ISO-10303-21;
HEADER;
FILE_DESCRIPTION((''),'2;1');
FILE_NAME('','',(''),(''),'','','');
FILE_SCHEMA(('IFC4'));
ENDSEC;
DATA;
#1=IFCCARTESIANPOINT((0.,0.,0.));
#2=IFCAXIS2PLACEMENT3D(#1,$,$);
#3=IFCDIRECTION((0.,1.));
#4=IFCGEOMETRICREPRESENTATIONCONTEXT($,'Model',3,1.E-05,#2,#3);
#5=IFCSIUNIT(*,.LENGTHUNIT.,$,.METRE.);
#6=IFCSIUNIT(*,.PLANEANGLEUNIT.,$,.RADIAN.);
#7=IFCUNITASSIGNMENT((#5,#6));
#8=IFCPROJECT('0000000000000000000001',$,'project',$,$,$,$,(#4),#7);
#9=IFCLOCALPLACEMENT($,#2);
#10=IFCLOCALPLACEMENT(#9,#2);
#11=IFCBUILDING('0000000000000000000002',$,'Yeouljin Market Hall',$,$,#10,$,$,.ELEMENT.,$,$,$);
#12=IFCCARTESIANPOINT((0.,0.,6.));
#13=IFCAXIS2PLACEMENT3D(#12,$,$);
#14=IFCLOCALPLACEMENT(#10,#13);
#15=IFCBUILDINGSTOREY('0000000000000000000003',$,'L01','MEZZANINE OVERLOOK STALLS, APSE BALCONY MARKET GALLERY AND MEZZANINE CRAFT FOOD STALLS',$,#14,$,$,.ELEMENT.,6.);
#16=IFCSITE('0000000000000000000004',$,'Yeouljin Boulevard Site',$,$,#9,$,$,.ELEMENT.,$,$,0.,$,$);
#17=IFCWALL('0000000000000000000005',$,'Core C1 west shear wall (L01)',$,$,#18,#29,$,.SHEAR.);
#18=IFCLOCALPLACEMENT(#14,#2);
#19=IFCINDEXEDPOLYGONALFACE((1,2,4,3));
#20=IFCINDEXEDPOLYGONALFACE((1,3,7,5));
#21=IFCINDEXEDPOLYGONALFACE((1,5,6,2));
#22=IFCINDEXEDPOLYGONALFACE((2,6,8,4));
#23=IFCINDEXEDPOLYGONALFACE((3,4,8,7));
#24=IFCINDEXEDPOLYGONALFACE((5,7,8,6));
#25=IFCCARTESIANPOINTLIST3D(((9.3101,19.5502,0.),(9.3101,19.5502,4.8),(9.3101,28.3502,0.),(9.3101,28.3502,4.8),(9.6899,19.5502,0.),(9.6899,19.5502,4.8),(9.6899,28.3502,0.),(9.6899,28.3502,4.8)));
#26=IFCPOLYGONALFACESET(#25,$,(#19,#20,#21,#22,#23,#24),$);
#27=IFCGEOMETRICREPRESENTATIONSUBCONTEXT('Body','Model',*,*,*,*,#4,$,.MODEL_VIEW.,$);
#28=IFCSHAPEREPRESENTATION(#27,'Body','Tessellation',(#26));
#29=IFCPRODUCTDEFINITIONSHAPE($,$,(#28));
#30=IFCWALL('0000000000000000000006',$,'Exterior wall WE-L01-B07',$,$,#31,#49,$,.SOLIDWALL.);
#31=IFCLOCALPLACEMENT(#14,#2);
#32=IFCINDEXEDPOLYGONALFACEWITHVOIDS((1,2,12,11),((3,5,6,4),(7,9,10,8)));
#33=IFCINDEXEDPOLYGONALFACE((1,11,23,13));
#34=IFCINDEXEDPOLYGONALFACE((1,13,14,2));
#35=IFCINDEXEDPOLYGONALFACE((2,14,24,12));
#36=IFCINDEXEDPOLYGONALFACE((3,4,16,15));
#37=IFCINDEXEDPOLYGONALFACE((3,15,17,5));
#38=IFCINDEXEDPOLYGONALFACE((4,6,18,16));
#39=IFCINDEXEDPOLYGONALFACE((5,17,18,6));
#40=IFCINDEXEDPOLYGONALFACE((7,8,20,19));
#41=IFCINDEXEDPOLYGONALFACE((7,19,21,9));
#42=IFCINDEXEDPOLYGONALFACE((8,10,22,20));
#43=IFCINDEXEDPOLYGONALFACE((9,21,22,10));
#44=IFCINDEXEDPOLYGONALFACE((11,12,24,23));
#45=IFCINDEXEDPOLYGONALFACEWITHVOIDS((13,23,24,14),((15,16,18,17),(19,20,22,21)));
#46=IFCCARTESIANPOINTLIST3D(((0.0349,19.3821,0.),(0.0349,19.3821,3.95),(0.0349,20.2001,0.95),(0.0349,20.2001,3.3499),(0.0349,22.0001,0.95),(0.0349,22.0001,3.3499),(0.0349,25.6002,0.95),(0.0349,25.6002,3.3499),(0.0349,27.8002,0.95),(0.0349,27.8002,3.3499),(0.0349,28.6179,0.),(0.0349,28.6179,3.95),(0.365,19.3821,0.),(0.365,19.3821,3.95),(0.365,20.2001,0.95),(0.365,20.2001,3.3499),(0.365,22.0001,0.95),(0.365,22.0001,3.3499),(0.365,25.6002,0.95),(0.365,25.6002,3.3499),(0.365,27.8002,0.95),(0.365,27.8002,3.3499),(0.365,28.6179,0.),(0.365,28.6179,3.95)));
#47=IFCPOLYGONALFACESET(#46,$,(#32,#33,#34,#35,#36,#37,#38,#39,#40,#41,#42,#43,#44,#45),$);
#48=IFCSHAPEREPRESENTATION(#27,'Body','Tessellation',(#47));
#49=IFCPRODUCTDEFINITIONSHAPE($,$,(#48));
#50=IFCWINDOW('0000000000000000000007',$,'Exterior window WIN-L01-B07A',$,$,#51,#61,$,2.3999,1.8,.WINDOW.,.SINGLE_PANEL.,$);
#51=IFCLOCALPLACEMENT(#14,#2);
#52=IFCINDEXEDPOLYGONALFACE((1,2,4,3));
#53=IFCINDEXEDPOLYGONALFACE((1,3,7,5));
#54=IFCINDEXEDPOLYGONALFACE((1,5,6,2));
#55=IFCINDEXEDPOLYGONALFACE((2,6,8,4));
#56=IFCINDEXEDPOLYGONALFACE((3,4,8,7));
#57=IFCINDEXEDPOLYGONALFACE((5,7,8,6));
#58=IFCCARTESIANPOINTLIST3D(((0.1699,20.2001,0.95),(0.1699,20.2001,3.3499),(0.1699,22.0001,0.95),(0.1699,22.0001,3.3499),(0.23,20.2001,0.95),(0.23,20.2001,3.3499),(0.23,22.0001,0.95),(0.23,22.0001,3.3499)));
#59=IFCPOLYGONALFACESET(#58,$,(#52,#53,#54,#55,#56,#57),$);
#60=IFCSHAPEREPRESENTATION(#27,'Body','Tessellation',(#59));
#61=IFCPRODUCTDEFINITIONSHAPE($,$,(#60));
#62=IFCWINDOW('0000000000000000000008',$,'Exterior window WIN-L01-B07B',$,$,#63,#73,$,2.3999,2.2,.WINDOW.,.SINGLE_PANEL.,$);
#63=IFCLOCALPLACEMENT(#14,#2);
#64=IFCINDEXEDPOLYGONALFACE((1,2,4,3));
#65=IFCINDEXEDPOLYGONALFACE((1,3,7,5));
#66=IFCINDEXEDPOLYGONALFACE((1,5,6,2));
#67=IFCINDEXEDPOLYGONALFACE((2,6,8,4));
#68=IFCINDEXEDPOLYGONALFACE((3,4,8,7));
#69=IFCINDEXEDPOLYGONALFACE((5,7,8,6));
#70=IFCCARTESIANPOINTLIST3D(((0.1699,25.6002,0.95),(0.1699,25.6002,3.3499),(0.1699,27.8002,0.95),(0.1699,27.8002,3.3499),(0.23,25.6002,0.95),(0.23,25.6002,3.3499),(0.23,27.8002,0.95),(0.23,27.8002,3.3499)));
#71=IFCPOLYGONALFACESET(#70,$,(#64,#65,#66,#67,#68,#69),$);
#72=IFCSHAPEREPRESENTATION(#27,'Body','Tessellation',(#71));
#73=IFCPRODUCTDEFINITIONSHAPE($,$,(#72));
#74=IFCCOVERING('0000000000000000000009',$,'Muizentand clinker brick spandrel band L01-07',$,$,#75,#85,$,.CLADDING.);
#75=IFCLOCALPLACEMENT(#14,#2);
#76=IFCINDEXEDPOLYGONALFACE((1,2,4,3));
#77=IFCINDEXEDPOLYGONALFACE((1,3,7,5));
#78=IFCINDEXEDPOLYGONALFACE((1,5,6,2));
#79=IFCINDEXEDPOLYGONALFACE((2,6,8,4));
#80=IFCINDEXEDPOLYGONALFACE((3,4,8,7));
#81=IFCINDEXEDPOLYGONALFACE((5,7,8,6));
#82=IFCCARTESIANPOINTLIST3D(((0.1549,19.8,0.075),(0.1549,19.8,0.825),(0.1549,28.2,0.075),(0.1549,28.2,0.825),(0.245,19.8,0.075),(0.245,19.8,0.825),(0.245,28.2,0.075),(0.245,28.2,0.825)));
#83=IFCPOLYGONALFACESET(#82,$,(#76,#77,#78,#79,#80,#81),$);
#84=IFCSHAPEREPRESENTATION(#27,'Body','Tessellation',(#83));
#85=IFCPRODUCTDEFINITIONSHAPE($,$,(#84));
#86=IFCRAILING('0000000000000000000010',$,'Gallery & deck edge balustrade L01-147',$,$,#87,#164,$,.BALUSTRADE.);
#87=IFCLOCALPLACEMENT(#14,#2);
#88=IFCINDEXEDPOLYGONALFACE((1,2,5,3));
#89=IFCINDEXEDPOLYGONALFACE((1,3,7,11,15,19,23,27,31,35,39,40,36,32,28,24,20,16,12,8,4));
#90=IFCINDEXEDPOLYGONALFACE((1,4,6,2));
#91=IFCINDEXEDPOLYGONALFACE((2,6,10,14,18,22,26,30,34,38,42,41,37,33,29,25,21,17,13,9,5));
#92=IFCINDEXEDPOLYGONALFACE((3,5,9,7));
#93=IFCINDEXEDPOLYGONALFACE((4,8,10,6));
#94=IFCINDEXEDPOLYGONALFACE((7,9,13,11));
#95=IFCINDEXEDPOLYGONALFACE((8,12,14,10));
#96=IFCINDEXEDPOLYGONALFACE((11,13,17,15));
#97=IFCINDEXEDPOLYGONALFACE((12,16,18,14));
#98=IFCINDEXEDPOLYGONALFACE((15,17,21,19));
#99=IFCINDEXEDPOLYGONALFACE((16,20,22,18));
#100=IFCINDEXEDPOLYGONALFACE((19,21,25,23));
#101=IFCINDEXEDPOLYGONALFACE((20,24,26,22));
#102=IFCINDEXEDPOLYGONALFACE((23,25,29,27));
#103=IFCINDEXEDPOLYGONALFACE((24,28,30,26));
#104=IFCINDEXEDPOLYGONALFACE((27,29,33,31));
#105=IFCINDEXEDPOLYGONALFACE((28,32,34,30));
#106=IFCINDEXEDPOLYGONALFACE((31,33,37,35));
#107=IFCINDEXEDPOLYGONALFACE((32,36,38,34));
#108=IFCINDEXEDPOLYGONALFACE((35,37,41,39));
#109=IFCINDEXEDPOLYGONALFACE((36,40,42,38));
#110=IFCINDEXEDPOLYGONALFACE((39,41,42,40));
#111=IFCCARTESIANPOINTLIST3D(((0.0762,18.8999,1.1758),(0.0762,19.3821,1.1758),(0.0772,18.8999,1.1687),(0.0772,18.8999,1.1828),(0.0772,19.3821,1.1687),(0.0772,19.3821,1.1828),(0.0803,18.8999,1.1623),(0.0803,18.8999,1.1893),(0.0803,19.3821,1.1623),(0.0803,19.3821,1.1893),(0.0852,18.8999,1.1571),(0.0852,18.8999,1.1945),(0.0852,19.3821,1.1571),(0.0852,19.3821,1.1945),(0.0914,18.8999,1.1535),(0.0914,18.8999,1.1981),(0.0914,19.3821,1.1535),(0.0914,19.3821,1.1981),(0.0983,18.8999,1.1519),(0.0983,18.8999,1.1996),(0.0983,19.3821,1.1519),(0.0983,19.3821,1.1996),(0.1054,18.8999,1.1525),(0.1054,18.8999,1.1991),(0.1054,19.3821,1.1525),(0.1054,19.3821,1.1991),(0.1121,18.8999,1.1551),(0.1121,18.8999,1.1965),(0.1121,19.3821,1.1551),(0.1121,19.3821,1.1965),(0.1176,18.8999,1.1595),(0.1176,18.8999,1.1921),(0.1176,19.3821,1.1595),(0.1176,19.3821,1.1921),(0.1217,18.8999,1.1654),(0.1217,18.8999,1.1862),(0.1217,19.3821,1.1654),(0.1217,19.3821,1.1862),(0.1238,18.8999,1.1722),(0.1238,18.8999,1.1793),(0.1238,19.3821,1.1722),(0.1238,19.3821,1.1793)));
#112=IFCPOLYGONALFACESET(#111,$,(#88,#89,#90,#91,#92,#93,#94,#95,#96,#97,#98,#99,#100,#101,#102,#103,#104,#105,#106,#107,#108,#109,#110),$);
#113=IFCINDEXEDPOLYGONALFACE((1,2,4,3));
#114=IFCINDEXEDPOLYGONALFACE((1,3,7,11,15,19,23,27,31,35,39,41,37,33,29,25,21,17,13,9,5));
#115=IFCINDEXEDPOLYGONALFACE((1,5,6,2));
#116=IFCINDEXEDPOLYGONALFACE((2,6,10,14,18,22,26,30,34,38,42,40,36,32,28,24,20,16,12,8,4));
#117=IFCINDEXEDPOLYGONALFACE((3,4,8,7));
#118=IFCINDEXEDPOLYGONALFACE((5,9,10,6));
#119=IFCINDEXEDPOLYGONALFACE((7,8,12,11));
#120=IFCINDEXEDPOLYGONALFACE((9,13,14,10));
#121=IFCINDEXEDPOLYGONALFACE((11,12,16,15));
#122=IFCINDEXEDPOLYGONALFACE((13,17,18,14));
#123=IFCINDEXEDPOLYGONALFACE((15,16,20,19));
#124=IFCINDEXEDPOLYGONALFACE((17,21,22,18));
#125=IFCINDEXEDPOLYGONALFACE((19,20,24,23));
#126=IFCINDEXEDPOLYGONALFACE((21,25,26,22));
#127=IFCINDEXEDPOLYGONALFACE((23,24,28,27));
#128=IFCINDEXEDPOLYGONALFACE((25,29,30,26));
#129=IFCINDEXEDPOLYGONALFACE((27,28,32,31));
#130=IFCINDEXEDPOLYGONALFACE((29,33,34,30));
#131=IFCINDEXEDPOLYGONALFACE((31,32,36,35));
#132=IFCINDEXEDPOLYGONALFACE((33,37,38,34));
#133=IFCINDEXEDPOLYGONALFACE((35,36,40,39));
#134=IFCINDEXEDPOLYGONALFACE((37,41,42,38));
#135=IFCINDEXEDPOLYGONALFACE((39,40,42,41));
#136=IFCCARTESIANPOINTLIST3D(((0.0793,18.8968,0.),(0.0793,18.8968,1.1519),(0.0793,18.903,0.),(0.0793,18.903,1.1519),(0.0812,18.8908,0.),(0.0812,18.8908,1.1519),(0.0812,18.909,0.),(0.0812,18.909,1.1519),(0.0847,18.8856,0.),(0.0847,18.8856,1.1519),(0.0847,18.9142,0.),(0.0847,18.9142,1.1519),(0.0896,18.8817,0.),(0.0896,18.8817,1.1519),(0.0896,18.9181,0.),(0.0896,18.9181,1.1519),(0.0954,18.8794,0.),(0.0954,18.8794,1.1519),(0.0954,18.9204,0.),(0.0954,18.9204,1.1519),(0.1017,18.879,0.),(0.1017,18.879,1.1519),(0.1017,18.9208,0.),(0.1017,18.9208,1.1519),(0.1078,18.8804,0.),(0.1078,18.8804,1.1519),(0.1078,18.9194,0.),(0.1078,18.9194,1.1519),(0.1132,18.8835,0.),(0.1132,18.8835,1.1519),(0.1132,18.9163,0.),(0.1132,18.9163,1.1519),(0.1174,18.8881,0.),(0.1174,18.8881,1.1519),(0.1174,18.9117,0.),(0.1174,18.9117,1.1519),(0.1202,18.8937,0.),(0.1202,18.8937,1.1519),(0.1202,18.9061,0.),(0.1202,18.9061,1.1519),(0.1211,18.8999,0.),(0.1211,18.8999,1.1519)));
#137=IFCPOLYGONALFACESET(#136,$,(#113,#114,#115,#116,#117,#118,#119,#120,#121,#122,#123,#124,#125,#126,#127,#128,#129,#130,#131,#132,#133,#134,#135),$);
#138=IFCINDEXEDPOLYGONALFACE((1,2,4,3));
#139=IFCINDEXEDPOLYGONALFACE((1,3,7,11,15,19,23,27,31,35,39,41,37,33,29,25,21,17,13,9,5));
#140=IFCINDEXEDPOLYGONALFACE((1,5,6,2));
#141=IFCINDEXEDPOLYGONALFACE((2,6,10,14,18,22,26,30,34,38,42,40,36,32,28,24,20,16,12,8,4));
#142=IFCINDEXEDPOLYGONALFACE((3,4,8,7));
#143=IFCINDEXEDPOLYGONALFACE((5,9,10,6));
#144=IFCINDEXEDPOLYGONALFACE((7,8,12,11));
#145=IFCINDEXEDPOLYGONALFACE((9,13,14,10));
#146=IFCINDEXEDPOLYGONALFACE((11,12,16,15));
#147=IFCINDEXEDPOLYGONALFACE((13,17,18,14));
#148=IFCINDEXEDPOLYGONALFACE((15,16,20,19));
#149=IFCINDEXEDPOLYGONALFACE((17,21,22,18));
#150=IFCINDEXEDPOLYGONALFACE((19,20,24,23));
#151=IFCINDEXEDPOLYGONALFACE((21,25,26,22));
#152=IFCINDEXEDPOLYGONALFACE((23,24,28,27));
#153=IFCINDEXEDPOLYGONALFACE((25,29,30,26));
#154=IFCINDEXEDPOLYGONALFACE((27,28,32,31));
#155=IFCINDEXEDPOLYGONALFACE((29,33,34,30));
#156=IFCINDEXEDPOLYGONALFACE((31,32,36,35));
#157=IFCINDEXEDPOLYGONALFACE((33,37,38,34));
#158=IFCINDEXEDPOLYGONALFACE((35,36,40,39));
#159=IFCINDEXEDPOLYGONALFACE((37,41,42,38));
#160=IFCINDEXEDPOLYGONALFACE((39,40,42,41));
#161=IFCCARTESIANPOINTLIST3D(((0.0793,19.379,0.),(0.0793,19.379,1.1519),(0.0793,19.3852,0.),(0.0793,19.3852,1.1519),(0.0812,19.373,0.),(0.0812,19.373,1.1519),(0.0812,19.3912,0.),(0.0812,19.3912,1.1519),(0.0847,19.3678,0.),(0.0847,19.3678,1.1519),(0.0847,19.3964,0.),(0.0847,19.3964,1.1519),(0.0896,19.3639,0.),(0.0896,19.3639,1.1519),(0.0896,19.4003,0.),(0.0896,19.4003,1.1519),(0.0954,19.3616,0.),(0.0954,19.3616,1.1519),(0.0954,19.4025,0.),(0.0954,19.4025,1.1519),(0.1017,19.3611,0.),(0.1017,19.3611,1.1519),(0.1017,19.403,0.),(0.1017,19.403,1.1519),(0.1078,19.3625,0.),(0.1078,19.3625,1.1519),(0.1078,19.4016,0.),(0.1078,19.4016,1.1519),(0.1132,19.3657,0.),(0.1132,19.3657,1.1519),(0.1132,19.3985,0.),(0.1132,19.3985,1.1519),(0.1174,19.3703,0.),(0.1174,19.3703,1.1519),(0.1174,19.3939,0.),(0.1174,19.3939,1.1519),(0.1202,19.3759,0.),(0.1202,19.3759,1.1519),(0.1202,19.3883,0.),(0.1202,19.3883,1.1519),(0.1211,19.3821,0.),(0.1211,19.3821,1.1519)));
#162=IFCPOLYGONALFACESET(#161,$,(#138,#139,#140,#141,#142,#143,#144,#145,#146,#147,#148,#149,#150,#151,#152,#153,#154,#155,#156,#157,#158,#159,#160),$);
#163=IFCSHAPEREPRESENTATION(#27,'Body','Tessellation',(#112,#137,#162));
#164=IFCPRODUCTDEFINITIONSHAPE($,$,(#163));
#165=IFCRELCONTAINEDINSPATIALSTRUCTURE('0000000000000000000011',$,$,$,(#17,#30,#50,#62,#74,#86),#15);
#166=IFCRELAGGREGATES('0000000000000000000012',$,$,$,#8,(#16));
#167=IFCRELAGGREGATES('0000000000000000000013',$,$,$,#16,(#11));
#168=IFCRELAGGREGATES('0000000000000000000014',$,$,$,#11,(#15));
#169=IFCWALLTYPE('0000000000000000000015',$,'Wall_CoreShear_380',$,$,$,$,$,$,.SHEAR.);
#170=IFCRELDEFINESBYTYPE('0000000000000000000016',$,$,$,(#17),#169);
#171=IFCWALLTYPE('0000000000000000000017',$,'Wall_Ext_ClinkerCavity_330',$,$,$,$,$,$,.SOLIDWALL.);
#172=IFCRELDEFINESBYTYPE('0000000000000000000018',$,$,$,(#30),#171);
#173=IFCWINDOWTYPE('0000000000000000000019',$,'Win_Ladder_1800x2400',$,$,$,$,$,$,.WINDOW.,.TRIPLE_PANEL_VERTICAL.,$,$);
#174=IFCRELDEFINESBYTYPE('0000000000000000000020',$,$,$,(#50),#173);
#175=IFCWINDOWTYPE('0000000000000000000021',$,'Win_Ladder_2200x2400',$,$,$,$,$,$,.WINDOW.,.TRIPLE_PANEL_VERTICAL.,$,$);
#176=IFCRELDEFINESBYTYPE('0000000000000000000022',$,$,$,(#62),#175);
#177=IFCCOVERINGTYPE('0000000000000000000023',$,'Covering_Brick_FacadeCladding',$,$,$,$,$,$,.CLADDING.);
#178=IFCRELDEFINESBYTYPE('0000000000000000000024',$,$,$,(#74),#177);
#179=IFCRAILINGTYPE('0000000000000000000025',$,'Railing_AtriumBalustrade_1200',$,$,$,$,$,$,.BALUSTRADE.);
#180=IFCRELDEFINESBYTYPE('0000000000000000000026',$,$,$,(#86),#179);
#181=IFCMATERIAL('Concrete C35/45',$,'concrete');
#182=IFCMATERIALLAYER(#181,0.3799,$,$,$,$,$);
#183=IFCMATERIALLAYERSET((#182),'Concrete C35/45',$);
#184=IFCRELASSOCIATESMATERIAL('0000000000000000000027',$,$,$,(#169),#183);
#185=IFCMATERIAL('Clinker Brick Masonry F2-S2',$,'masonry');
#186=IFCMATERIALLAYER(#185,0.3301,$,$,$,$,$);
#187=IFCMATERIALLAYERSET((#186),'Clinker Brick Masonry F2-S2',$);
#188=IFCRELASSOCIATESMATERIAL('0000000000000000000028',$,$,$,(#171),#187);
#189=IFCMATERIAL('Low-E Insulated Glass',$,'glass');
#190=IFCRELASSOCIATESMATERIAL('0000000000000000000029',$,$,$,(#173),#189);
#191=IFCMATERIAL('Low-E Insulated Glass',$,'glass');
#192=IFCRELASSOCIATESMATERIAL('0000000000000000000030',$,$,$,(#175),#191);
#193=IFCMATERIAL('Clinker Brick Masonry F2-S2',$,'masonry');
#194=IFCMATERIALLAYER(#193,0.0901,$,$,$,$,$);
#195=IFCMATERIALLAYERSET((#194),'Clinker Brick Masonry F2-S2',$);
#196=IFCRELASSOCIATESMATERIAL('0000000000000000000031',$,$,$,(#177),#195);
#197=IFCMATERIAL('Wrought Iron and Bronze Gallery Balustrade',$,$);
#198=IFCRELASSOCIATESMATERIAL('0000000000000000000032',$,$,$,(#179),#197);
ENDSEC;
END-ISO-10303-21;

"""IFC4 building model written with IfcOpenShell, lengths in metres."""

from ifc_helpers import new_model, si_unit, direction, frame, frame_2d, origin, origin_2d, place, context, subcontext, project, spatial, rectangle, circle, extrude, material, layer, layer_set, type_object, element, fill, save


model = new_model("IFC4")

# Units and contexts
model_context = context("Model", 3, precision=1e-05, world=origin(), true_north=direction((0.0, 1.0)))
body_context = subcontext(model_context, "Body", "Model", "MODEL_VIEW")
ifc_project = project(units=[si_unit("LENGTHUNIT", "METRE"), si_unit("PLANEANGLEUNIT", "RADIAN")], contexts=[model_context])

# Site, building, storey
site_placement = place(None, origin())
site = spatial("IfcSite", under=ifc_project, at=site_placement, Name="Yeouljin Boulevard Site", CompositionType="ELEMENT", RefElevation=0.0)
building_placement = place(site_placement, origin())
building = spatial("IfcBuilding", under=site, at=building_placement, Name="Yeouljin Market Hall", CompositionType="ELEMENT")
storey_placement = place(building_placement, frame((0.0, 0.0, 6.0)))
storey = spatial("IfcBuildingStorey", under=building, at=storey_placement, Name="L01", Description="MEZZANINE OVERLOOK STALLS, APSE BALCONY MARKET GALLERY AND MEZZANINE CRAFT FOOD STALLS", CompositionType="ELEMENT", Elevation=6.0)

# Shared definitions
ifc_material_1 = material(Name="Concrete C35/45", Category="concrete")
ifc_layer_1 = layer(ifc_material_1, 0.3799)
ifc_layer_set_1 = layer_set([ifc_layer_1], Name="Concrete C35/45")
wall_type_1 = type_object("IfcWallType", Name="Wall_CoreShear_380", PredefinedType="SHEAR", material=ifc_layer_set_1)

# Wall
wall_1_placement = place(storey_placement, frame((9.5, 28.3501, 0.0), z_axis=(0.0, 0.0, 1.0), x_axis=(0.0, -1.0, 0.0)))
element("IfcWall", 1, at=wall_1_placement, inside=storey, type_object=wall_type_1, Name="Core C1 west shear wall (L01)", PredefinedType="SHEAR", context=body_context, shape_type="SweptSolid", body=[
    extrude(rectangle(XDim=8.8, YDim=0.3799, at=frame_2d((4.3999, 0.0))), origin(), (0.0, 0.0, 1.0), 4.8),
])

# Wall, openings, windows
ifc_material_2 = material(Name="Clinker Brick Masonry F2-S2", Category="masonry")
ifc_layer_2 = layer(ifc_material_2, 0.3301)
ifc_layer_set_2 = layer_set([ifc_layer_2], Name="Clinker Brick Masonry F2-S2")
wall_type_2 = type_object("IfcWallType", Name="Wall_Ext_ClinkerCavity_330", PredefinedType="SOLIDWALL", material=ifc_layer_set_2)
wall_2_placement = place(storey_placement, frame((0.2, 19.3821, 0.0), z_axis=(0.0, 0.0, 1.0), x_axis=(0.0, 1.0, 0.0)))
wall_2 = element("IfcWall", 2, at=wall_2_placement, inside=storey, type_object=wall_type_2, Name="Exterior wall WE-L01-B07", PredefinedType="SOLIDWALL", context=body_context, shape_type="SweptSolid", body=[
    extrude(rectangle(XDim=9.2358, YDim=0.3301, at=frame_2d((4.6179, 0.0))), origin(), (0.0, 0.0, 1.0), 3.95),
])
opening_1_placement = place(wall_2_placement, frame((0.8181, 0.0, 0.95)))
opening_1 = element("IfcOpeningElement", 3, at=opening_1_placement, cuts=wall_2, PredefinedType="OPENING", context=body_context, shape_type="SweptSolid", body=[
    extrude(rectangle(XDim=1.8, YDim=2.3999, at=frame_2d((0.8999, 1.2))), frame((0.0, 0.175, 0.0), z_axis=(0.0, -1.0, 0.0), x_axis=(1.0, 0.0, 0.0)), (0.0, 0.0, 1.0), 0.3501),
])
opening_2_placement = place(wall_2_placement, frame((6.218, 0.0, 0.95)))
opening_2 = element("IfcOpeningElement", 4, at=opening_2_placement, cuts=wall_2, PredefinedType="OPENING", context=body_context, shape_type="SweptSolid", body=[
    extrude(rectangle(XDim=2.2, YDim=2.3999, at=frame_2d((1.1001, 1.2))), frame((0.0, 0.175, 0.0), z_axis=(0.0, -1.0, 0.0), x_axis=(1.0, 0.0, 0.0)), (0.0, 0.0, 1.0), 0.3501),
])
ifc_material_3 = material(Name="Low-E Insulated Glass", Category="glass")
window_type_1 = type_object("IfcWindowType", Name="Win_Ladder_1800x2400", PartitioningType="TRIPLE_PANEL_VERTICAL", PredefinedType="WINDOW", material=ifc_material_3)
window_1_placement = place(opening_1_placement, origin())
window_1 = element("IfcWindow", 5, at=window_1_placement, inside=storey, type_object=window_type_1, Name="Exterior window WIN-L01-B07A", OverallHeight=2.3999, OverallWidth=1.8, PartitioningType="SINGLE_PANEL", PredefinedType="WINDOW", context=body_context, shape_type="SweptSolid", body=[
    extrude(rectangle(XDim=1.8, YDim=2.3999, at=frame_2d((0.8999, 1.2))), frame((0.0, 0.03, 0.0), z_axis=(0.0, -1.0, 0.0), x_axis=(1.0, 0.0, 0.0)), (0.0, 0.0, 1.0), 0.0601),
])
fill(opening_1, window_1)
ifc_material_4 = material(Name="Low-E Insulated Glass", Category="glass")
window_type_2 = type_object("IfcWindowType", Name="Win_Ladder_2200x2400", PartitioningType="TRIPLE_PANEL_VERTICAL", PredefinedType="WINDOW", material=ifc_material_4)
window_2_placement = place(opening_2_placement, origin())
window_2 = element("IfcWindow", 6, at=window_2_placement, inside=storey, type_object=window_type_2, Name="Exterior window WIN-L01-B07B", OverallHeight=2.3999, OverallWidth=2.2, PartitioningType="SINGLE_PANEL", PredefinedType="WINDOW", context=body_context, shape_type="SweptSolid", body=[
    extrude(rectangle(XDim=2.2, YDim=2.3999, at=frame_2d((1.1001, 1.2))), frame((0.0, 0.03, 0.0), z_axis=(0.0, -1.0, 0.0), x_axis=(1.0, 0.0, 0.0)), (0.0, 0.0, 1.0), 0.0601),
])
fill(opening_2, window_2)

# Covering
ifc_material_5 = material(Name="Clinker Brick Masonry F2-S2", Category="masonry")
ifc_layer_3 = layer(ifc_material_5, 0.0901)
ifc_layer_set_3 = layer_set([ifc_layer_3], Name="Clinker Brick Masonry F2-S2")
covering_type = type_object("IfcCoveringType", Name="Covering_Brick_FacadeCladding", PredefinedType="CLADDING", material=ifc_layer_set_3)
covering_placement = place(storey_placement, frame((0.2, 24.0, 0.075), z_axis=(0.0, 0.0, 1.0), x_axis=(0.0, 1.0, 0.0)))
element("IfcCovering", 7, at=covering_placement, inside=storey, type_object=covering_type, Name="Muizentand clinker brick spandrel band L01-07", PredefinedType="CLADDING", context=body_context, shape_type="SweptSolid", body=[
    extrude(rectangle(XDim=8.3999, YDim=0.0901, at=origin_2d()), origin(), (0.0, 0.0, 1.0), 0.75),
])

# Railing
ifc_material_6 = material(Name="Wrought Iron and Bronze Gallery Balustrade")
railing_type = type_object("IfcRailingType", Name="Railing_AtriumBalustrade_1200", PredefinedType="BALUSTRADE", material=ifc_material_6)
for number, where, name in (
    (8, (0.1001, 18.8999, 0.0), "Gallery & deck edge balustrade L01-147"),
):
    element("IfcRailing", number, at=place(storey_placement, frame(where)), inside=storey, type_object=railing_type, Name=name, PredefinedType="BALUSTRADE", context=body_context, shape_type="SweptSolid", body=[
        extrude(circle(Radius=0.0239, at=origin_2d()), frame((0.0, 0.0, 1.1758), z_axis=(0.0, 1.0, 0.0), x_axis=(-1.0, 0.0, 0.0)), (0.0, 0.0, 1.0), 0.4822),
        extrude(circle(Radius=0.021, at=origin_2d()), origin(), (0.0, 0.0, 1.0), 1.1519),
        extrude(circle(Radius=0.021, at=origin_2d()), frame((0.0, 0.4822, 0.0)), (0.0, 0.0, 1.0), 1.1519),
    ])

save(model, "model.ifc")
